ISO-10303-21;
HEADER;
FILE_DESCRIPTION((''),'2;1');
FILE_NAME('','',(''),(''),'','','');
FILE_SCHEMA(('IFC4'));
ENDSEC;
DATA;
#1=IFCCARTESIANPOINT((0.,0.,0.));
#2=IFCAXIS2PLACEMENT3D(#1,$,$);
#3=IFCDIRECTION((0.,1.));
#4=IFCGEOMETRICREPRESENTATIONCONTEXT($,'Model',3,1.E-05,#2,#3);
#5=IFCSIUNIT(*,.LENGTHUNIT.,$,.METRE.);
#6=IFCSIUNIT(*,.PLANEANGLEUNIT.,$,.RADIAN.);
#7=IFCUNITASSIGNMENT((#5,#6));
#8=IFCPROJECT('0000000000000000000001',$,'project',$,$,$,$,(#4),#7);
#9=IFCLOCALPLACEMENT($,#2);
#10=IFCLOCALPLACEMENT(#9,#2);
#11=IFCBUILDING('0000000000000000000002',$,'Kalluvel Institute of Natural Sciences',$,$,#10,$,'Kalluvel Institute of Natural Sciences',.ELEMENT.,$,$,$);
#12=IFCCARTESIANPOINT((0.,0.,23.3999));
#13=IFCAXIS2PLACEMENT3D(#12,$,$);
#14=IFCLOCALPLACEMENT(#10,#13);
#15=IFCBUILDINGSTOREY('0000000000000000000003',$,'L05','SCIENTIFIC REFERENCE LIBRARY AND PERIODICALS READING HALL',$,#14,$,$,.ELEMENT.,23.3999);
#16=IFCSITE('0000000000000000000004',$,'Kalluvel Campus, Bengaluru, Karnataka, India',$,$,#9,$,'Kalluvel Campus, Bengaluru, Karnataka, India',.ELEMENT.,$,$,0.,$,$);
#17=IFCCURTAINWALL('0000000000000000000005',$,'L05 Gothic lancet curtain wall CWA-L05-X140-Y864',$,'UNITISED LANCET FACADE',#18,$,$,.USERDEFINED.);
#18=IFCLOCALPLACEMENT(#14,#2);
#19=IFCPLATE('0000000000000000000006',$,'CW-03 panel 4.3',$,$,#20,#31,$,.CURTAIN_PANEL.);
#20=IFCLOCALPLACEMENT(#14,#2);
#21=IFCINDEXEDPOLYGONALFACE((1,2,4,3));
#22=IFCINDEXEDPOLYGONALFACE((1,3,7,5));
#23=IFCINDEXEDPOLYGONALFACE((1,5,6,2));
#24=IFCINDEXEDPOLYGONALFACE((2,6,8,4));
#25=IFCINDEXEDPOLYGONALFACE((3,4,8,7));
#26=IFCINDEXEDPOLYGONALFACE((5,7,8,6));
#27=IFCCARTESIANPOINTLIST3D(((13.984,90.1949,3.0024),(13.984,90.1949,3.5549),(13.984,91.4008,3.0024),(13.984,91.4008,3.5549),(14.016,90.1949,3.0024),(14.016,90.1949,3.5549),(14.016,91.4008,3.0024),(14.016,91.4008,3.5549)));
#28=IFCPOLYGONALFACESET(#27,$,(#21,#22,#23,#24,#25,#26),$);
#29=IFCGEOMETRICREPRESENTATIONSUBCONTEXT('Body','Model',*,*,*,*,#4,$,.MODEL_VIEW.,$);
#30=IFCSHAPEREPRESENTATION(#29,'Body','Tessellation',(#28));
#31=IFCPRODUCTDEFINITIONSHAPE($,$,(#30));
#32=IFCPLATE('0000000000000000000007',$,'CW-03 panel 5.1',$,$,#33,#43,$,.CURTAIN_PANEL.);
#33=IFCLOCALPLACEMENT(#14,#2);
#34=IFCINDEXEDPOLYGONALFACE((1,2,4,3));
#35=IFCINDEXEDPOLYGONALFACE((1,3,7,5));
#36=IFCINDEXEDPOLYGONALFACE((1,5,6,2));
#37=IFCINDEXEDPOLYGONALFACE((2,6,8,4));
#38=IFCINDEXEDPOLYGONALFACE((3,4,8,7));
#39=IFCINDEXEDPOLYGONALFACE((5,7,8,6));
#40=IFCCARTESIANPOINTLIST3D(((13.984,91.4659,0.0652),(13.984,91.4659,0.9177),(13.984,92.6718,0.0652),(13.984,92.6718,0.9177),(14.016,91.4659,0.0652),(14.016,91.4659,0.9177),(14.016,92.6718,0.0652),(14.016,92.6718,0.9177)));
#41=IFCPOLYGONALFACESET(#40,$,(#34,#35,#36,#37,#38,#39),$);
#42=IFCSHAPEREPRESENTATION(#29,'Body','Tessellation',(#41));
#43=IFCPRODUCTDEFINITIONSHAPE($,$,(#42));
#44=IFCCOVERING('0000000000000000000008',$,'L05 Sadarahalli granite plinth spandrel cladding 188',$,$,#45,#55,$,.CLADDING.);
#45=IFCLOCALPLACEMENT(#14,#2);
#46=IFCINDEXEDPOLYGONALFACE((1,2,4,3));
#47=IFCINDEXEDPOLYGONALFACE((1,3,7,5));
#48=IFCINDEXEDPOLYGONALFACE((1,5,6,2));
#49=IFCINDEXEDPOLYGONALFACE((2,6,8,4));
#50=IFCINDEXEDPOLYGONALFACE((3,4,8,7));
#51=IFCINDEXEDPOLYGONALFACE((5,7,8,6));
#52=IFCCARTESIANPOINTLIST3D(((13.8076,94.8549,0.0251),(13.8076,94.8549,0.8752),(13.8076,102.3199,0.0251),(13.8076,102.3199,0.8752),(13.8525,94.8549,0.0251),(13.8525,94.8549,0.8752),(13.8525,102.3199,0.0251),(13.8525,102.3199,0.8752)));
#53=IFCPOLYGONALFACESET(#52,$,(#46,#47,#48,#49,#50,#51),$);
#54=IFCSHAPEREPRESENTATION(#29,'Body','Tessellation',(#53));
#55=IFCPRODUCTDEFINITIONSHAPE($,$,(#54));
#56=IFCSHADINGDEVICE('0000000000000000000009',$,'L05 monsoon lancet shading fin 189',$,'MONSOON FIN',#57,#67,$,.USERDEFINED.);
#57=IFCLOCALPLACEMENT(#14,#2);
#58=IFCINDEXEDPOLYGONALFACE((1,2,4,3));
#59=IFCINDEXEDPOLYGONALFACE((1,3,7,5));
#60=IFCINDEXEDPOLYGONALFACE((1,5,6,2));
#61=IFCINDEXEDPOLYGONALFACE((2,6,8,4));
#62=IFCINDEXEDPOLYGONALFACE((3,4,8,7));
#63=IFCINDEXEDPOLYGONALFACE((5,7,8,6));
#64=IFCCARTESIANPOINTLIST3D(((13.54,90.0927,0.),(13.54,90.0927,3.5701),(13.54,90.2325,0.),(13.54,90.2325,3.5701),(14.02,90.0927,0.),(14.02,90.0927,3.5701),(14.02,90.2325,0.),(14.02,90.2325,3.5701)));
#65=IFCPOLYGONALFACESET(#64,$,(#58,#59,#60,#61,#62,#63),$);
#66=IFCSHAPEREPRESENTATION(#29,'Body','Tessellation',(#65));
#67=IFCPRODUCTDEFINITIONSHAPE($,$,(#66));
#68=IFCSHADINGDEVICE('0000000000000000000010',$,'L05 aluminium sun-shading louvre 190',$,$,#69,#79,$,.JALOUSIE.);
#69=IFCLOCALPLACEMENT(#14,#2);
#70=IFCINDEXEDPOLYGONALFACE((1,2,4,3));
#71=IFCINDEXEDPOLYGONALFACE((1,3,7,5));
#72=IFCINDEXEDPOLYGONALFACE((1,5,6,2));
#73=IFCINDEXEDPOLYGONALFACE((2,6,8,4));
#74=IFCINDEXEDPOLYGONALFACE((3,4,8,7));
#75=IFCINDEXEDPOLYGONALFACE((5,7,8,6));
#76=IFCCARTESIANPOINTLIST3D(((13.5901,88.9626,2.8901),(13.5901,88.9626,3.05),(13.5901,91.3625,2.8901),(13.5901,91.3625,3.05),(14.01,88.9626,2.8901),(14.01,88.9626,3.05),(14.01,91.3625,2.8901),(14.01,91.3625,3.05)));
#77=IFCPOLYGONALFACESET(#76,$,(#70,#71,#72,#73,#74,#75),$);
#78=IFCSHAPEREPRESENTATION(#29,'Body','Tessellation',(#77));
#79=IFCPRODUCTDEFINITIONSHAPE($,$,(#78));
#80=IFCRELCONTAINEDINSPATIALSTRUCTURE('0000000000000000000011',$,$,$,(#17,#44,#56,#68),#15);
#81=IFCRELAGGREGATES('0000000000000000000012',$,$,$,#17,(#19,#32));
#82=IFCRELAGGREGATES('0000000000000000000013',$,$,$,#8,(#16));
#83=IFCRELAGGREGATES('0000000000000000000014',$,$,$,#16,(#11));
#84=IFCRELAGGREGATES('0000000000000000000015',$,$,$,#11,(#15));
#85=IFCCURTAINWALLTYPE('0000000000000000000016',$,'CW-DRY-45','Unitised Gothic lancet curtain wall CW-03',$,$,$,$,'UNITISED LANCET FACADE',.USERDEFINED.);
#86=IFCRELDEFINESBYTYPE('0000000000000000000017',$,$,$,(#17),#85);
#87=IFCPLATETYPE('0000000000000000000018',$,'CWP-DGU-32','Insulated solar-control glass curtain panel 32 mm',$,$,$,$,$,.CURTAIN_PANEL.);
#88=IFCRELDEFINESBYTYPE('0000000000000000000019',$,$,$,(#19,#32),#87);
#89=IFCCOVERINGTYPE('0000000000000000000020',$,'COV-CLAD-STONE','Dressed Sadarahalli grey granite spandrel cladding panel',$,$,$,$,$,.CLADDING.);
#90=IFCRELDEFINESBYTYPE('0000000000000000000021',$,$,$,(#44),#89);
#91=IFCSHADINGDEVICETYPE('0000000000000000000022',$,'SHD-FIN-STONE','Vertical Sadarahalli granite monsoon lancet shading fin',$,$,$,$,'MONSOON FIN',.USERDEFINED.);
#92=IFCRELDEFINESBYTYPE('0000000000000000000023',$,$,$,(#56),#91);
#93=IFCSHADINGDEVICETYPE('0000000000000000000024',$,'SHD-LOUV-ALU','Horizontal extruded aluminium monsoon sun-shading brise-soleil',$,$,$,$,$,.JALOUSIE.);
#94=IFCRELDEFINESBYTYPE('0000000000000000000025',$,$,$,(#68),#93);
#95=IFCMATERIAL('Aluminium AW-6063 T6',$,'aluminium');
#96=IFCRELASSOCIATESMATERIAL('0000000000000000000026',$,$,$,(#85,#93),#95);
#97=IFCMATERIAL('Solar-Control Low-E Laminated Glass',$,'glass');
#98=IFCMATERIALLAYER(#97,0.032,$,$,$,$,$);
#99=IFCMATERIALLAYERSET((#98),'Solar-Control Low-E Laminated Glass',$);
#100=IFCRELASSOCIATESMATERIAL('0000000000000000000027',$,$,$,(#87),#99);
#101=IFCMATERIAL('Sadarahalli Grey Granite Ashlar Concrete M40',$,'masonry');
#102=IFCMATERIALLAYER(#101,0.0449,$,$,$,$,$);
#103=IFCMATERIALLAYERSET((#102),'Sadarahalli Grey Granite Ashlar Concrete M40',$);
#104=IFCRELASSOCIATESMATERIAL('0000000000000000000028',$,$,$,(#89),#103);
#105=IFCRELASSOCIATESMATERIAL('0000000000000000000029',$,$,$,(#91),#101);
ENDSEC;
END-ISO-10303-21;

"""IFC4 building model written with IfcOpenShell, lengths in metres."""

from ifc_helpers import new_model, si_unit, direction, frame, origin, origin_2d, place, context, subcontext, project, spatial, rectangle, extrude, material, layer, layer_set, type_object, element, aggregate, save


model = new_model("IFC4")

# Units and contexts
model_context = context("Model", 3, precision=1e-05, world=origin(), true_north=direction((0.0, 1.0)))
body_context = subcontext(model_context, "Body", "Model", "MODEL_VIEW")
ifc_project = project(units=[si_unit("LENGTHUNIT", "METRE"), si_unit("PLANEANGLEUNIT", "RADIAN")], contexts=[model_context])

# Site, building, storey
site_placement = place(None, origin())
site = spatial("IfcSite", under=ifc_project, at=site_placement, Name="Kalluvel Campus, Bengaluru, Karnataka, India", LongName="Kalluvel Campus, Bengaluru, Karnataka, India", CompositionType="ELEMENT", RefElevation=0.0)
building_placement = place(site_placement, origin())
building = spatial("IfcBuilding", under=site, at=building_placement, Name="Kalluvel Institute of Natural Sciences", LongName="Kalluvel Institute of Natural Sciences", CompositionType="ELEMENT")
storey_placement = place(building_placement, frame((0.0, 0.0, 23.3999)))
storey = spatial("IfcBuildingStorey", under=building, at=storey_placement, Name="L05", Description="SCIENTIFIC REFERENCE LIBRARY AND PERIODICALS READING HALL", CompositionType="ELEMENT", Elevation=23.3999)

# Curtain wall, plates
ifc_material_1 = material(Name="Aluminium AW-6063 T6", Category="aluminium")
curtain_wall_type = type_object("IfcCurtainWallType", Name="CW-DRY-45", Description="Unitised Gothic lancet curtain wall CW-03", ElementType="UNITISED LANCET FACADE", PredefinedType="USERDEFINED", material=ifc_material_1)
curtain_wall_placement = place(storey_placement, origin())
curtain_wall = element("IfcCurtainWall", 1, at=curtain_wall_placement, inside=storey, type_object=curtain_wall_type, Name="L05 Gothic lancet curtain wall CWA-L05-X140-Y864", ObjectType="UNITISED LANCET FACADE", PredefinedType="USERDEFINED")
ifc_material_2 = material(Name="Solar-Control Low-E Laminated Glass", Category="glass")
ifc_layer_1 = layer(ifc_material_2, 0.032)
ifc_layer_set_1 = layer_set([ifc_layer_1], Name="Solar-Control Low-E Laminated Glass")
plate_type = type_object("IfcPlateType", Name="CWP-DGU-32", Description="Insulated solar-control glass curtain panel 32 mm", PredefinedType="CURTAIN_PANEL", material=ifc_layer_set_1)
plate_1_placement = place(storey_placement, frame((14.0, 90.7979, 3.0024), z_axis=(0.0, 0.0, 1.0), x_axis=(0.0, 1.0, 0.0)))
plate_1 = element("IfcPlate", 2, at=plate_1_placement, type_object=plate_type, Name="CW-03 panel 4.3", PredefinedType="CURTAIN_PANEL", context=body_context, shape_type="SweptSolid", body=[
    extrude(rectangle(XDim=1.2058, YDim=0.032, at=origin_2d()), origin(), (0.0, 0.0, 1.0), 0.5525),
])
plate_2_placement = place(storey_placement, frame((14.0, 92.0688, 0.0652), z_axis=(0.0, 0.0, 1.0), x_axis=(0.0, 1.0, 0.0)))
plate_2 = element("IfcPlate", 3, at=plate_2_placement, type_object=plate_type, Name="CW-03 panel 5.1", PredefinedType="CURTAIN_PANEL", context=body_context, shape_type="SweptSolid", body=[
    extrude(rectangle(XDim=1.2058, YDim=0.032, at=origin_2d()), origin(), (0.0, 0.0, 1.0), 0.8525),
])
aggregate(curtain_wall, [plate_1, plate_2])

# Covering
ifc_material_3 = material(Name="Sadarahalli Grey Granite Ashlar Concrete M40", Category="masonry")
ifc_layer_2 = layer(ifc_material_3, 0.0449)
ifc_layer_set_2 = layer_set([ifc_layer_2], Name="Sadarahalli Grey Granite Ashlar Concrete M40")
covering_type = type_object("IfcCoveringType", Name="COV-CLAD-STONE", Description="Dressed Sadarahalli grey granite spandrel cladding panel", PredefinedType="CLADDING", material=ifc_layer_set_2)
covering_placement = place(storey_placement, frame((13.8301, 98.5874, 0.0251), z_axis=(0.0, 0.0, 1.0), x_axis=(0.0, 1.0, 0.0)))
element("IfcCovering", 4, at=covering_placement, inside=storey, type_object=covering_type, Name="L05 Sadarahalli granite plinth spandrel cladding 188", PredefinedType="CLADDING", context=body_context, shape_type="SweptSolid", body=[
    extrude(rectangle(XDim=7.4651, YDim=0.0449, at=origin_2d()), origin(), (0.0, 0.0, 1.0), 0.8501),
])

# Shading devices
shading_device_type_1 = type_object("IfcShadingDeviceType", Name="SHD-FIN-STONE", Description="Vertical Sadarahalli granite monsoon lancet shading fin", ElementType="MONSOON FIN", PredefinedType="USERDEFINED", material=ifc_material_3)
shading_device_1_placement = place(storey_placement, frame((13.78, 90.1626, 0.0), z_axis=(0.0, 0.0, 1.0), x_axis=(0.0, 1.0, 0.0)))
element("IfcShadingDevice", 5, at=shading_device_1_placement, inside=storey, type_object=shading_device_type_1, Name="L05 monsoon lancet shading fin 189", ObjectType="MONSOON FIN", PredefinedType="USERDEFINED", context=body_context, shape_type="SweptSolid", body=[
    extrude(rectangle(XDim=0.1399, YDim=0.48, at=origin_2d()), origin(), (0.0, 0.0, 1.0), 3.5701),
])
shading_device_type_2 = type_object("IfcShadingDeviceType", Name="SHD-LOUV-ALU", Description="Horizontal extruded aluminium monsoon sun-shading brise-soleil", PredefinedType="JALOUSIE", material=ifc_material_1)
shading_device_2_placement = place(storey_placement, frame((13.8, 90.1626, 2.8901), z_axis=(0.0, 0.0, 1.0), x_axis=(0.0, 1.0, 0.0)))
element("IfcShadingDevice", 6, at=shading_device_2_placement, inside=storey, type_object=shading_device_type_2, Name="L05 aluminium sun-shading louvre 190", PredefinedType="JALOUSIE", context=body_context, shape_type="SweptSolid", body=[
    extrude(rectangle(XDim=2.3999, YDim=0.4199, at=origin_2d()), origin(), (0.0, 0.0, 1.0), 0.1599),
])

save(model, "model.ifc")
